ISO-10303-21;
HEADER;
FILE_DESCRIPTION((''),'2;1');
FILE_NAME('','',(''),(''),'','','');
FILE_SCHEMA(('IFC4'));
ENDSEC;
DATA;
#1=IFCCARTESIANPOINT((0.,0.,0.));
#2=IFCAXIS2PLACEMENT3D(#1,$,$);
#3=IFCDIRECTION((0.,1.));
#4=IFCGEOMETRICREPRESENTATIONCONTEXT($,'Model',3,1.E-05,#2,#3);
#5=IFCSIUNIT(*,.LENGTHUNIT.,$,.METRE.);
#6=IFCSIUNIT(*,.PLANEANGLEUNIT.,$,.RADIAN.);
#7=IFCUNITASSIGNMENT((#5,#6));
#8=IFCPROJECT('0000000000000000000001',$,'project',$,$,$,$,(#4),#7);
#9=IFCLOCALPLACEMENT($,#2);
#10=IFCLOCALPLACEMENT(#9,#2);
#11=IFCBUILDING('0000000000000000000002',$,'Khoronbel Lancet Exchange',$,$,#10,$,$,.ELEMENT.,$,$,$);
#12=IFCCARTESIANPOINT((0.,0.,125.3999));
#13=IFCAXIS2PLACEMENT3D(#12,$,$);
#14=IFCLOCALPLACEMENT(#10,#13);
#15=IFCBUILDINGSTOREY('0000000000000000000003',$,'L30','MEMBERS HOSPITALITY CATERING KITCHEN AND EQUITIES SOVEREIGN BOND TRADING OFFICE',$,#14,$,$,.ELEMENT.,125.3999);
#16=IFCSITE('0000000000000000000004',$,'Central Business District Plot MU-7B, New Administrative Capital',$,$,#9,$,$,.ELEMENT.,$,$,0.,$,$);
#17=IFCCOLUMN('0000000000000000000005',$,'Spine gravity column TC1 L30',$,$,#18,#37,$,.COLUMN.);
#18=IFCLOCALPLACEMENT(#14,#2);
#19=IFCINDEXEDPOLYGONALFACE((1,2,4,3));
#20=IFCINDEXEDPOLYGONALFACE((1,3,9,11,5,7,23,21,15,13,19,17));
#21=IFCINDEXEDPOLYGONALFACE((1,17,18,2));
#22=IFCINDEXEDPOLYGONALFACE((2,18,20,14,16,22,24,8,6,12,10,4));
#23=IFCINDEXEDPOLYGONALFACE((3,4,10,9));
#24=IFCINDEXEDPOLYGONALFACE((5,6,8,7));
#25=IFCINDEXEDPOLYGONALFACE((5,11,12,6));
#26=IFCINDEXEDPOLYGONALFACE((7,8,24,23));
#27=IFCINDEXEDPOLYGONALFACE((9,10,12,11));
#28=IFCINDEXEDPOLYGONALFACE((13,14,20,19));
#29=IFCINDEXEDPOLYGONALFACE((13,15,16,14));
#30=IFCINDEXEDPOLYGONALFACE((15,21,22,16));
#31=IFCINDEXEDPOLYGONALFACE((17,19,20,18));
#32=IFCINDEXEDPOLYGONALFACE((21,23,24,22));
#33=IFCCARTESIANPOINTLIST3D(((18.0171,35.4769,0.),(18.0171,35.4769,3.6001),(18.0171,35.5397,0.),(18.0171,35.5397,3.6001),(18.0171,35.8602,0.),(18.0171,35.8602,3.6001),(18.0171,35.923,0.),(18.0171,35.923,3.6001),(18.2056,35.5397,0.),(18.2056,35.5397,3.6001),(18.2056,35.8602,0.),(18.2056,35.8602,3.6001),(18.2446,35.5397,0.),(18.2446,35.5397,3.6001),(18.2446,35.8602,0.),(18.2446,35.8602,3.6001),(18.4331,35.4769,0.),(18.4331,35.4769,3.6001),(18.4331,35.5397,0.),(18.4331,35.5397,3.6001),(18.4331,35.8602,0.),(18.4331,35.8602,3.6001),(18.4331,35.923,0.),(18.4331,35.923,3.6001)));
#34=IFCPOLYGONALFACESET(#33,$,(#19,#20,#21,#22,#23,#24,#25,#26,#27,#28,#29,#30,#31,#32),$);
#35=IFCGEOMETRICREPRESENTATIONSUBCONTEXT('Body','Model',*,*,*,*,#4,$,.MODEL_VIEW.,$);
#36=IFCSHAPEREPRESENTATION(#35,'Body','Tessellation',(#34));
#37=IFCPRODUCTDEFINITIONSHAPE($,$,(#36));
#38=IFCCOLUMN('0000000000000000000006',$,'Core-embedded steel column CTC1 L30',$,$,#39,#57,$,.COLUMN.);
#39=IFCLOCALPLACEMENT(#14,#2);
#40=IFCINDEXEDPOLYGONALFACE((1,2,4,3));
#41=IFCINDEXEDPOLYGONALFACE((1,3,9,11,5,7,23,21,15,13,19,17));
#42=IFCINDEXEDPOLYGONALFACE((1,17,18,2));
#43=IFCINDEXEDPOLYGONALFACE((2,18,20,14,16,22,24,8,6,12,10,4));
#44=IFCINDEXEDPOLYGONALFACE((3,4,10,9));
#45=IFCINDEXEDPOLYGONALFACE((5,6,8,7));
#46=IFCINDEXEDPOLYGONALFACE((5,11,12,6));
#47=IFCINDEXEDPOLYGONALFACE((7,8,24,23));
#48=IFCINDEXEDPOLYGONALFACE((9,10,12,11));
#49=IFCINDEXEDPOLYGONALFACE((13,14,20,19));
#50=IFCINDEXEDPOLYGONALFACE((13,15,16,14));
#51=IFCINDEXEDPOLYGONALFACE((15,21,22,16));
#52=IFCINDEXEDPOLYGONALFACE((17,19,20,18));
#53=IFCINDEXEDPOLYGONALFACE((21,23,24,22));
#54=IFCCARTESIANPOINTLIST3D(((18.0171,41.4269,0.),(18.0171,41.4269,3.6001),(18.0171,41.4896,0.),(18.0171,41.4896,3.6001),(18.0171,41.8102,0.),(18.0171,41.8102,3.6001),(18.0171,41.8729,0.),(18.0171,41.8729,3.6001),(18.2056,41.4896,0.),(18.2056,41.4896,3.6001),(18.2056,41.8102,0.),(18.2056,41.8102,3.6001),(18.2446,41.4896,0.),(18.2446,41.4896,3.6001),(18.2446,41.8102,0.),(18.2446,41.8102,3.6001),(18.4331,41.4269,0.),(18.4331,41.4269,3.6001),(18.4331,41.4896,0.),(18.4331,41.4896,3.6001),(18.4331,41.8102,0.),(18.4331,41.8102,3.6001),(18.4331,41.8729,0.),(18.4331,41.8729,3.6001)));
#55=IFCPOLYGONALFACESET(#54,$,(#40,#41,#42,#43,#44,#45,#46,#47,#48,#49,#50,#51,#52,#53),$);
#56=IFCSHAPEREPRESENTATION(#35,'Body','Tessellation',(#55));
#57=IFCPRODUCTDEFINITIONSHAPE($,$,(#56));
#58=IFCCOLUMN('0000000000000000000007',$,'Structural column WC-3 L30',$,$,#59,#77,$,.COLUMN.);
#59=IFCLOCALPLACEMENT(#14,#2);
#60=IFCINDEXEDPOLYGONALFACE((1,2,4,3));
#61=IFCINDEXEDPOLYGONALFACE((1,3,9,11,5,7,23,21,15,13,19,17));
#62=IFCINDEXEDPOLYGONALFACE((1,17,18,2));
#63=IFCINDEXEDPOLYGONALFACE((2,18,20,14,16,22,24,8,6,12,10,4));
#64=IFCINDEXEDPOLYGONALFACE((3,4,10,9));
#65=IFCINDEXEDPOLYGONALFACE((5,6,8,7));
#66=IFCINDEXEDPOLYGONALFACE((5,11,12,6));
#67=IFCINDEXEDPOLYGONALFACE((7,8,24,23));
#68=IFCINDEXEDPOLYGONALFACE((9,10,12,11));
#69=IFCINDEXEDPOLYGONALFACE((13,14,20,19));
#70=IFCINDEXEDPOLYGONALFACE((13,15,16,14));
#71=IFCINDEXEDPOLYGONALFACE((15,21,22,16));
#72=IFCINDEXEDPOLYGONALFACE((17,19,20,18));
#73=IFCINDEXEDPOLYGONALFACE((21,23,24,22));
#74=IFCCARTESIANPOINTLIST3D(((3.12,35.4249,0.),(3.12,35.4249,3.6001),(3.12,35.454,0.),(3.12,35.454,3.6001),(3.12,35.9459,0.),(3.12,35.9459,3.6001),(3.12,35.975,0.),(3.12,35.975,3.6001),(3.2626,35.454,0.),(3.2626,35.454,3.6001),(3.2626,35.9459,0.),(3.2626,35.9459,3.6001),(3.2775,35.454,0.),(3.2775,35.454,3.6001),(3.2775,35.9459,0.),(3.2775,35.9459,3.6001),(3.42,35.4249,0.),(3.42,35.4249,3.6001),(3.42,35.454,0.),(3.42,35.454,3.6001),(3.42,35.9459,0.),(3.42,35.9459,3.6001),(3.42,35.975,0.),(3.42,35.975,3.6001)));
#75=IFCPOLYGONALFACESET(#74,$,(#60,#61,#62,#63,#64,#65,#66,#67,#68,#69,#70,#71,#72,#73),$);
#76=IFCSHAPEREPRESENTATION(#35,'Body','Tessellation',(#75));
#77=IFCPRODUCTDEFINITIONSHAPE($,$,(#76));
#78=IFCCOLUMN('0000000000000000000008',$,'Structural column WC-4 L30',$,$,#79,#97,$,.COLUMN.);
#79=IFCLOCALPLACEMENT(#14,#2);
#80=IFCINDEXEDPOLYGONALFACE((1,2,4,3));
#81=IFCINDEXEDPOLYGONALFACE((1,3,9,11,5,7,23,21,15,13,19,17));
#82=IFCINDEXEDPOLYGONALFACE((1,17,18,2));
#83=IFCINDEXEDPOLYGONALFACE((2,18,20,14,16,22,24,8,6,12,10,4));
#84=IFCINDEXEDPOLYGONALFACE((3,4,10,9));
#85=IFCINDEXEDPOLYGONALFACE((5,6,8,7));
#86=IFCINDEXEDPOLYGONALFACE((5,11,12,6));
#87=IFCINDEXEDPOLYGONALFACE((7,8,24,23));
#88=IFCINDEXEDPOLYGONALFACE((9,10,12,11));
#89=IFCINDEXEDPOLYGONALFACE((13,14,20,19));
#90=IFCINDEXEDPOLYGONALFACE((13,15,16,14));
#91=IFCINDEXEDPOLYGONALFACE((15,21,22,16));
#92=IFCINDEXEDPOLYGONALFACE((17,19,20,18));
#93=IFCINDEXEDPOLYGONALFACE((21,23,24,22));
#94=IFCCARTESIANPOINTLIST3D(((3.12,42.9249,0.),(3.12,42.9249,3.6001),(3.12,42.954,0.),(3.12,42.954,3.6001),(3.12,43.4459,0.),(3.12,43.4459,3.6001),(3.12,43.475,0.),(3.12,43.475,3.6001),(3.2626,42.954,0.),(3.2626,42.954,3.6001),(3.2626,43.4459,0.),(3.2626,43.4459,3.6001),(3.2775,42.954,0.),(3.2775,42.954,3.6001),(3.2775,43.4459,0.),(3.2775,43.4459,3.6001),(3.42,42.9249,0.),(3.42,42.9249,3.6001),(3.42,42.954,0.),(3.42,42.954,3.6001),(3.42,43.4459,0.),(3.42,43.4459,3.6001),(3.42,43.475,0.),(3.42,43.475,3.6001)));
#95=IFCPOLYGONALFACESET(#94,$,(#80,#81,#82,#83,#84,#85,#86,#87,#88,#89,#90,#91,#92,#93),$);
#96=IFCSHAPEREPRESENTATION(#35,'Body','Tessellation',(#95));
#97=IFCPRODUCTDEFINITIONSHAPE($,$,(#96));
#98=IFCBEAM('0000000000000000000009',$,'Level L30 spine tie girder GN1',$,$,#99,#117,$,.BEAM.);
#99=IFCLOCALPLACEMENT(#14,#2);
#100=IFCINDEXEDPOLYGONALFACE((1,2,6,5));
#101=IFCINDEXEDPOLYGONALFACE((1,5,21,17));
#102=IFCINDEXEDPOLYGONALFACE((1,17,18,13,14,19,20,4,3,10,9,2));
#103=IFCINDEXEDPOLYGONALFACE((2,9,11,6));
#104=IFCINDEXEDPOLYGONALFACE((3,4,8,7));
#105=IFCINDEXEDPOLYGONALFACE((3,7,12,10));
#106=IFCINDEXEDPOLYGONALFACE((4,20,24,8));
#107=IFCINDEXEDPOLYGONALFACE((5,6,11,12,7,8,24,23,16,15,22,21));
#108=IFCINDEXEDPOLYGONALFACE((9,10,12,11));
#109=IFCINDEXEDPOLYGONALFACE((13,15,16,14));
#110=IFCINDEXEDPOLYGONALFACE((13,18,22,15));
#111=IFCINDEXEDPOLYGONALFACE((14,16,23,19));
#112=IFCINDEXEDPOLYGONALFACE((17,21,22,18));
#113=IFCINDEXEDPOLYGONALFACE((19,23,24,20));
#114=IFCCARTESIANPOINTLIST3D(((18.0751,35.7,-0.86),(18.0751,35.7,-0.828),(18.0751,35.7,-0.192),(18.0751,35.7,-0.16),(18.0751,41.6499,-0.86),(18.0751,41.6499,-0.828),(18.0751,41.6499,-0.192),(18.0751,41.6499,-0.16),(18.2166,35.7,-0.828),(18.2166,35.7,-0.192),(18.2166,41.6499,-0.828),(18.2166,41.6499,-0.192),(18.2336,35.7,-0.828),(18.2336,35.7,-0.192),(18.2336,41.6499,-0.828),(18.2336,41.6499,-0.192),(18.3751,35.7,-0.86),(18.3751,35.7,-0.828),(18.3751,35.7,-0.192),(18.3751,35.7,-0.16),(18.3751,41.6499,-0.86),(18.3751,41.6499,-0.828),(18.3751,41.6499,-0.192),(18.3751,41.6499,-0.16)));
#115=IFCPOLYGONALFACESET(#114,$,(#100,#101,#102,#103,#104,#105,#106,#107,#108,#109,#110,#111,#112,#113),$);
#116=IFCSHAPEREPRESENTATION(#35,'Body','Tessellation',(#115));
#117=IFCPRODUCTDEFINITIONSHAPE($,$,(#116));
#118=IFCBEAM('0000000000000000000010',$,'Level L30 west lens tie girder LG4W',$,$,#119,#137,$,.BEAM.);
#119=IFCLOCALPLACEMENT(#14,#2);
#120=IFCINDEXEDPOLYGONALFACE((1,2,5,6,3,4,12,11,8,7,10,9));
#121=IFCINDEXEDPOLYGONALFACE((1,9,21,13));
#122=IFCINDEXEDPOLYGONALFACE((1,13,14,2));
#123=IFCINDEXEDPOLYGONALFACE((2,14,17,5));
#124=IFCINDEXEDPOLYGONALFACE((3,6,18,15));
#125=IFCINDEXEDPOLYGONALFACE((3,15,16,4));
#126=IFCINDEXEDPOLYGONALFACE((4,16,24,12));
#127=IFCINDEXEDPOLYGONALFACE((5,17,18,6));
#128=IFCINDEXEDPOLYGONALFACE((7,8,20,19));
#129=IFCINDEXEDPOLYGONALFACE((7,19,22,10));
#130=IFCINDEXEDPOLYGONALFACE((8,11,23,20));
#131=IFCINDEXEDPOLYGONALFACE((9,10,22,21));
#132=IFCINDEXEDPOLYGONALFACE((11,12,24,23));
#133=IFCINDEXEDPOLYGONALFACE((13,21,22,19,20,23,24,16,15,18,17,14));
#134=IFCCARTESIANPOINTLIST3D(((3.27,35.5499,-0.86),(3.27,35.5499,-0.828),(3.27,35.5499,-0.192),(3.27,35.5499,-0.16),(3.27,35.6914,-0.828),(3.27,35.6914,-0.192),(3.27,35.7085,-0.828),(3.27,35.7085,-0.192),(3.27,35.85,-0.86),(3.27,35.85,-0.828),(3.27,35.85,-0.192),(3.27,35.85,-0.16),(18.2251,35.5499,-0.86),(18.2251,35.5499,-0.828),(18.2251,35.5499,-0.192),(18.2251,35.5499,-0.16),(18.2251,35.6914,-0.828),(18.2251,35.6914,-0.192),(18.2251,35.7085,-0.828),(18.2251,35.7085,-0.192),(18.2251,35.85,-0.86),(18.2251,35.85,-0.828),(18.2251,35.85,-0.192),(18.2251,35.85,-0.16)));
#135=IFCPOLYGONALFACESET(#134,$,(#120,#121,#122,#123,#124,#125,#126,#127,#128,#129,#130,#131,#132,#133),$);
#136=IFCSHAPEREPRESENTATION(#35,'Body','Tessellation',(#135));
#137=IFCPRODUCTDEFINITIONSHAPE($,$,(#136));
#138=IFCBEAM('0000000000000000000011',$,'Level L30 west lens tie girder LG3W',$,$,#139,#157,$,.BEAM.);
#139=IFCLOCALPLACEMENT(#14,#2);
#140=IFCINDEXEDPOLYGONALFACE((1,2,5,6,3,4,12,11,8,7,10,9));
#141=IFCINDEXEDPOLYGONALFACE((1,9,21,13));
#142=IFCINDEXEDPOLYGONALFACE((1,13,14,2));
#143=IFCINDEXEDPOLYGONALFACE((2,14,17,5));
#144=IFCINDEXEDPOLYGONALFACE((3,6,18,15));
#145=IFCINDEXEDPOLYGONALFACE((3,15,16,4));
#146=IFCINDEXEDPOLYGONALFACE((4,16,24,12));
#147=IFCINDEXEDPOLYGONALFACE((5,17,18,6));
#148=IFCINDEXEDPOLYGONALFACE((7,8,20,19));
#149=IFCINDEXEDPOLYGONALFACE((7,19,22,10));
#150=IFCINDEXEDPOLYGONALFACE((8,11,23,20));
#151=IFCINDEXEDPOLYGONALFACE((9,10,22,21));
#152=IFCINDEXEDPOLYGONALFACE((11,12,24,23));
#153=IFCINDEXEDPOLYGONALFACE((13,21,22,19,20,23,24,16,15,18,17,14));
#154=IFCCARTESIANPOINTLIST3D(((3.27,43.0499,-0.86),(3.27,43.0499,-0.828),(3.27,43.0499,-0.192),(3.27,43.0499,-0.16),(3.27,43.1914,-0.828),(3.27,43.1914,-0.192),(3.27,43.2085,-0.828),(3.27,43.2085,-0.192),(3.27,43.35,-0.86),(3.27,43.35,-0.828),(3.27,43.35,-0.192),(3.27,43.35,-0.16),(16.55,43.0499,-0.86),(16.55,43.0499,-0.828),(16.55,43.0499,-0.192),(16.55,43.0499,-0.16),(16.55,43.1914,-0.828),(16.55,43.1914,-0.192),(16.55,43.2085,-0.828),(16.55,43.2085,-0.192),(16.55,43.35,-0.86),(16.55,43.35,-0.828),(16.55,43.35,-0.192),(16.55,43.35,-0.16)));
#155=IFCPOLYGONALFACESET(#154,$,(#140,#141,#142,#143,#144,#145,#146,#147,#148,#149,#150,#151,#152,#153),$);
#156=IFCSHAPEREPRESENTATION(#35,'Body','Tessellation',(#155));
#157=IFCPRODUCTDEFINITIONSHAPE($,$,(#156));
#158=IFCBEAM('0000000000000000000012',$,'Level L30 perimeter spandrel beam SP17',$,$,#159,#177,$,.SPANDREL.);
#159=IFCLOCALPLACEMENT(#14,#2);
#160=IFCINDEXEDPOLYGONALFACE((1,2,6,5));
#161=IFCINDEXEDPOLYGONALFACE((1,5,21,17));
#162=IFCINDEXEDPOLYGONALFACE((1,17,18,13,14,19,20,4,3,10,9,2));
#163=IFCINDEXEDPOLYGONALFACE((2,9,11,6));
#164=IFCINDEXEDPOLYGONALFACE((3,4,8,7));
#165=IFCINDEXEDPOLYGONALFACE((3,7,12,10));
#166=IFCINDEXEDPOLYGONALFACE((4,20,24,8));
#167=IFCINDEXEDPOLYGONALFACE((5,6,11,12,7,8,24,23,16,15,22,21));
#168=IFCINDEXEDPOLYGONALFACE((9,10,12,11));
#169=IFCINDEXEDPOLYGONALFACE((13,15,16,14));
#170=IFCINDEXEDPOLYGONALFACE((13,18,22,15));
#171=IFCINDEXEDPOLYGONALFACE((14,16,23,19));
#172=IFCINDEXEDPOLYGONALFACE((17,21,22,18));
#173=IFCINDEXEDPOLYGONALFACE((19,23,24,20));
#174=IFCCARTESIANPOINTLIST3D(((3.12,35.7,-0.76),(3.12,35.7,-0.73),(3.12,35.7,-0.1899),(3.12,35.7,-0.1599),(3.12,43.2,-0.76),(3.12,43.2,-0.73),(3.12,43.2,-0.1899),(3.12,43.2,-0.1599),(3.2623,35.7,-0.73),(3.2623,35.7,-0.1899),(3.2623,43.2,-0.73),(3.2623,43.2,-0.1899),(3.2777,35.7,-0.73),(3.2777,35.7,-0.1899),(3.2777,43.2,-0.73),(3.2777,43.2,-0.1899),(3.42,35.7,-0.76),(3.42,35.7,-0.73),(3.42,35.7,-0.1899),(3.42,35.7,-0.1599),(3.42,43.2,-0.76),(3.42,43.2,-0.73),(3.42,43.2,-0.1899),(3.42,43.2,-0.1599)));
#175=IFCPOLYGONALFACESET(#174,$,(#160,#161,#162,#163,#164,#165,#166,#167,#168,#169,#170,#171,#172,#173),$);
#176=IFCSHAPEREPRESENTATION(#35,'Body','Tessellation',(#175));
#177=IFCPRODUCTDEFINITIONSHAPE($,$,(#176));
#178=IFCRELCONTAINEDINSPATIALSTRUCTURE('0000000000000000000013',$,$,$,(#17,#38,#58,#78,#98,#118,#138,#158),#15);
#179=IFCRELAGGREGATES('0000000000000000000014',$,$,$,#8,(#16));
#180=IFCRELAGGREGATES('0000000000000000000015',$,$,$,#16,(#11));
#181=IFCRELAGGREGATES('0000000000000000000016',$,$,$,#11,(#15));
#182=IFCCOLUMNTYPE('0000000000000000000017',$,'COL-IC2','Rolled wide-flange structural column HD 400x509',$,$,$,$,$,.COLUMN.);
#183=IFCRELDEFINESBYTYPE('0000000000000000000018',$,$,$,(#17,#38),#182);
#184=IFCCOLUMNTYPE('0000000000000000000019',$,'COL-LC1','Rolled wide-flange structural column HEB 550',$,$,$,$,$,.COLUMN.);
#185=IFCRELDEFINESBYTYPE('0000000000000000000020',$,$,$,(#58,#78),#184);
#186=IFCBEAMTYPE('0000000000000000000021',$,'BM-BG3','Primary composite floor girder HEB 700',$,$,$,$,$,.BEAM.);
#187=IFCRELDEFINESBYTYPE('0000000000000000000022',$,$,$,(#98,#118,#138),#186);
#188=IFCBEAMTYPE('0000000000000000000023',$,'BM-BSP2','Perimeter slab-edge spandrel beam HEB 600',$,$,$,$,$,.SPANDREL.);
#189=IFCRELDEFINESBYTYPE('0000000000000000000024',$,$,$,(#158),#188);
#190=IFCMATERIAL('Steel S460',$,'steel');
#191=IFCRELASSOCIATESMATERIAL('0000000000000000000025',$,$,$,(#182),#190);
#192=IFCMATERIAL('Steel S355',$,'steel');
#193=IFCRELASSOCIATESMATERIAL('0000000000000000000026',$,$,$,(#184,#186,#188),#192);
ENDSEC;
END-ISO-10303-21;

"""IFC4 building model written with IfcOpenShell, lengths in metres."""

from ifc_helpers import new_model, si_unit, direction, frame, origin, origin_2d, place, context, subcontext, project, spatial, i_section, extrude, material, material_profile, profile_set, type_object, element, save


model = new_model("IFC4")

# Units and contexts
model_context = context("Model", 3, precision=1e-05, world=origin(), true_north=direction((0.0, 1.0)))
body_context = subcontext(model_context, "Body", "Model", "MODEL_VIEW")
ifc_project = project(units=[si_unit("LENGTHUNIT", "METRE"), si_unit("PLANEANGLEUNIT", "RADIAN")], contexts=[model_context])

# Site, building, storey
site_placement = place(None, origin())
site = spatial("IfcSite", under=ifc_project, at=site_placement, Name="Central Business District Plot MU-7B, New Administrative Capital", CompositionType="ELEMENT", RefElevation=0.0)
building_placement = place(site_placement, origin())
building = spatial("IfcBuilding", under=site, at=building_placement, Name="Khoronbel Lancet Exchange", CompositionType="ELEMENT")
storey_placement = place(building_placement, frame((0.0, 0.0, 125.3999)))
storey = spatial("IfcBuildingStorey", under=building, at=storey_placement, Name="L30", Description="MEMBERS HOSPITALITY CATERING KITCHEN AND EQUITIES SOVEREIGN BOND TRADING OFFICE", CompositionType="ELEMENT", Elevation=125.3999)

# Columns
ifc_material_1 = material(Name="Steel S460", Category="steel")
ifc_material_profile_1 = material_profile(ifc_material_1, i_section(OverallWidth=0.416, OverallDepth=0.446, WebThickness=0.0391, FlangeThickness=0.0627, at=origin_2d()), Name="HD 400x509")
ifc_profile_set_1 = profile_set([ifc_material_profile_1], Name="Steel S460")
column_type_1 = type_object("IfcColumnType", Name="COL-IC2", Description="Rolled wide-flange structural column HD 400x509", PredefinedType="COLUMN", material=ifc_profile_set_1)
for number, where, z_axis, x_axis, name in (
    (1, (18.2251, 35.7, 0.0), (0.0, 0.0, 1.0), (1.0, 0.0, 0.0), "Spine gravity column TC1 L30"),
    (2, (18.2251, 41.6499, 0.0), (0.0, 0.0, 1.0), (1.0, 0.0, 0.0), "Core-embedded steel column CTC1 L30"),
):
    element("IfcColumn", number, at=place(storey_placement, frame(where, z_axis=z_axis, x_axis=x_axis)), inside=storey, type_object=column_type_1, Name=name, PredefinedType="COLUMN", context=body_context, shape_type="SweptSolid", body=[
        extrude(i_section(OverallWidth=0.416, OverallDepth=0.446, WebThickness=0.0391, FlangeThickness=0.0627, at=origin_2d()), origin(), (0.0, 0.0, 1.0), 3.6001),
    ])
ifc_material_2 = material(Name="Steel S355", Category="steel")
ifc_material_profile_2 = material_profile(ifc_material_2, i_section(OverallWidth=0.3, OverallDepth=0.55, WebThickness=0.0149, FlangeThickness=0.0291, at=origin_2d()), Name="HEB 550")
ifc_profile_set_2 = profile_set([ifc_material_profile_2], Name="Steel S355")
column_type_2 = type_object("IfcColumnType", Name="COL-LC1", Description="Rolled wide-flange structural column HEB 550", PredefinedType="COLUMN", material=ifc_profile_set_2)
for number, where, z_axis, x_axis, name in (
    (3, (3.27, 35.7, 0.0), (0.0, 0.0, 1.0), (1.0, 0.0, 0.0), "Structural column WC-3 L30"),
    (4, (3.27, 43.2, 0.0), (0.0, 0.0, 1.0), (1.0, 0.0, 0.0), "Structural column WC-4 L30"),
):
    element("IfcColumn", number, at=place(storey_placement, frame(where, z_axis=z_axis, x_axis=x_axis)), inside=storey, type_object=column_type_2, Name=name, PredefinedType="COLUMN", context=body_context, shape_type="SweptSolid", body=[
        extrude(i_section(OverallWidth=0.3, OverallDepth=0.55, WebThickness=0.0149, FlangeThickness=0.0291, at=origin_2d()), origin(), (0.0, 0.0, 1.0), 3.6001),
    ])

# Beams
ifc_material_profile_3 = material_profile(ifc_material_2, i_section(OverallWidth=0.3, OverallDepth=0.7, WebThickness=0.0171, FlangeThickness=0.032, at=origin_2d()), Name="HEB 700")
ifc_profile_set_3 = profile_set([ifc_material_profile_3], Name="Steel S355")
beam_type_1 = type_object("IfcBeamType", Name="BM-BG3", Description="Primary composite floor girder HEB 700", PredefinedType="BEAM", material=ifc_profile_set_3)
beam_1_placement = place(storey_placement, frame((18.2251, 35.7, -0.51), z_axis=(0.0, 1.0, 0.0), x_axis=(-1.0, 0.0, 0.0)))
element("IfcBeam", 5, at=beam_1_placement, inside=storey, type_object=beam_type_1, Name="Level L30 spine tie girder GN1", PredefinedType="BEAM", context=body_context, shape_type="SweptSolid", body=[
    extrude(i_section(OverallWidth=0.3, OverallDepth=0.7, WebThickness=0.0171, FlangeThickness=0.032, at=origin_2d()), origin(), (0.0, 0.0, 1.0), 5.95),
])
beam_2_placement = place(storey_placement, frame((3.27, 35.7, -0.51), z_axis=(1.0, 0.0, 0.0), x_axis=(0.0, 1.0, 0.0)))
element("IfcBeam", 6, at=beam_2_placement, inside=storey, type_object=beam_type_1, Name="Level L30 west lens tie girder LG4W", PredefinedType="BEAM", context=body_context, shape_type="SweptSolid", body=[
    extrude(i_section(OverallWidth=0.3, OverallDepth=0.7, WebThickness=0.0171, FlangeThickness=0.032, at=origin_2d()), origin(), (0.0, 0.0, 1.0), 14.9551),
])
beam_3_placement = place(storey_placement, frame((3.27, 43.2, -0.51), z_axis=(1.0, 0.0, 0.0), x_axis=(0.0, 1.0, 0.0)))
element("IfcBeam", 7, at=beam_3_placement, inside=storey, type_object=beam_type_1, Name="Level L30 west lens tie girder LG3W", PredefinedType="BEAM", context=body_context, shape_type="SweptSolid", body=[
    extrude(i_section(OverallWidth=0.3, OverallDepth=0.7, WebThickness=0.0171, FlangeThickness=0.032, at=origin_2d()), origin(), (0.0, 0.0, 1.0), 13.28),
])
ifc_material_profile_4 = material_profile(ifc_material_2, i_section(OverallWidth=0.3, OverallDepth=0.6001, WebThickness=0.0154, FlangeThickness=0.03, at=origin_2d()), Name="HEB 600")
ifc_profile_set_4 = profile_set([ifc_material_profile_4], Name="Steel S355")
beam_type_2 = type_object("IfcBeamType", Name="BM-BSP2", Description="Perimeter slab-edge spandrel beam HEB 600", PredefinedType="SPANDREL", material=ifc_profile_set_4)
beam_4_placement = place(storey_placement, frame((3.27, 43.2, -0.46), z_axis=(0.0, -1.0, 0.0), x_axis=(1.0, 0.0, 0.0)))
element("IfcBeam", 8, at=beam_4_placement, inside=storey, type_object=beam_type_2, Name="Level L30 perimeter spandrel beam SP17", PredefinedType="SPANDREL", context=body_context, shape_type="SweptSolid", body=[
    extrude(i_section(OverallWidth=0.3, OverallDepth=0.6001, WebThickness=0.0154, FlangeThickness=0.03, at=origin_2d()), origin(), (0.0, 0.0, 1.0), 7.5),
])

save(model, "model.ifc")
